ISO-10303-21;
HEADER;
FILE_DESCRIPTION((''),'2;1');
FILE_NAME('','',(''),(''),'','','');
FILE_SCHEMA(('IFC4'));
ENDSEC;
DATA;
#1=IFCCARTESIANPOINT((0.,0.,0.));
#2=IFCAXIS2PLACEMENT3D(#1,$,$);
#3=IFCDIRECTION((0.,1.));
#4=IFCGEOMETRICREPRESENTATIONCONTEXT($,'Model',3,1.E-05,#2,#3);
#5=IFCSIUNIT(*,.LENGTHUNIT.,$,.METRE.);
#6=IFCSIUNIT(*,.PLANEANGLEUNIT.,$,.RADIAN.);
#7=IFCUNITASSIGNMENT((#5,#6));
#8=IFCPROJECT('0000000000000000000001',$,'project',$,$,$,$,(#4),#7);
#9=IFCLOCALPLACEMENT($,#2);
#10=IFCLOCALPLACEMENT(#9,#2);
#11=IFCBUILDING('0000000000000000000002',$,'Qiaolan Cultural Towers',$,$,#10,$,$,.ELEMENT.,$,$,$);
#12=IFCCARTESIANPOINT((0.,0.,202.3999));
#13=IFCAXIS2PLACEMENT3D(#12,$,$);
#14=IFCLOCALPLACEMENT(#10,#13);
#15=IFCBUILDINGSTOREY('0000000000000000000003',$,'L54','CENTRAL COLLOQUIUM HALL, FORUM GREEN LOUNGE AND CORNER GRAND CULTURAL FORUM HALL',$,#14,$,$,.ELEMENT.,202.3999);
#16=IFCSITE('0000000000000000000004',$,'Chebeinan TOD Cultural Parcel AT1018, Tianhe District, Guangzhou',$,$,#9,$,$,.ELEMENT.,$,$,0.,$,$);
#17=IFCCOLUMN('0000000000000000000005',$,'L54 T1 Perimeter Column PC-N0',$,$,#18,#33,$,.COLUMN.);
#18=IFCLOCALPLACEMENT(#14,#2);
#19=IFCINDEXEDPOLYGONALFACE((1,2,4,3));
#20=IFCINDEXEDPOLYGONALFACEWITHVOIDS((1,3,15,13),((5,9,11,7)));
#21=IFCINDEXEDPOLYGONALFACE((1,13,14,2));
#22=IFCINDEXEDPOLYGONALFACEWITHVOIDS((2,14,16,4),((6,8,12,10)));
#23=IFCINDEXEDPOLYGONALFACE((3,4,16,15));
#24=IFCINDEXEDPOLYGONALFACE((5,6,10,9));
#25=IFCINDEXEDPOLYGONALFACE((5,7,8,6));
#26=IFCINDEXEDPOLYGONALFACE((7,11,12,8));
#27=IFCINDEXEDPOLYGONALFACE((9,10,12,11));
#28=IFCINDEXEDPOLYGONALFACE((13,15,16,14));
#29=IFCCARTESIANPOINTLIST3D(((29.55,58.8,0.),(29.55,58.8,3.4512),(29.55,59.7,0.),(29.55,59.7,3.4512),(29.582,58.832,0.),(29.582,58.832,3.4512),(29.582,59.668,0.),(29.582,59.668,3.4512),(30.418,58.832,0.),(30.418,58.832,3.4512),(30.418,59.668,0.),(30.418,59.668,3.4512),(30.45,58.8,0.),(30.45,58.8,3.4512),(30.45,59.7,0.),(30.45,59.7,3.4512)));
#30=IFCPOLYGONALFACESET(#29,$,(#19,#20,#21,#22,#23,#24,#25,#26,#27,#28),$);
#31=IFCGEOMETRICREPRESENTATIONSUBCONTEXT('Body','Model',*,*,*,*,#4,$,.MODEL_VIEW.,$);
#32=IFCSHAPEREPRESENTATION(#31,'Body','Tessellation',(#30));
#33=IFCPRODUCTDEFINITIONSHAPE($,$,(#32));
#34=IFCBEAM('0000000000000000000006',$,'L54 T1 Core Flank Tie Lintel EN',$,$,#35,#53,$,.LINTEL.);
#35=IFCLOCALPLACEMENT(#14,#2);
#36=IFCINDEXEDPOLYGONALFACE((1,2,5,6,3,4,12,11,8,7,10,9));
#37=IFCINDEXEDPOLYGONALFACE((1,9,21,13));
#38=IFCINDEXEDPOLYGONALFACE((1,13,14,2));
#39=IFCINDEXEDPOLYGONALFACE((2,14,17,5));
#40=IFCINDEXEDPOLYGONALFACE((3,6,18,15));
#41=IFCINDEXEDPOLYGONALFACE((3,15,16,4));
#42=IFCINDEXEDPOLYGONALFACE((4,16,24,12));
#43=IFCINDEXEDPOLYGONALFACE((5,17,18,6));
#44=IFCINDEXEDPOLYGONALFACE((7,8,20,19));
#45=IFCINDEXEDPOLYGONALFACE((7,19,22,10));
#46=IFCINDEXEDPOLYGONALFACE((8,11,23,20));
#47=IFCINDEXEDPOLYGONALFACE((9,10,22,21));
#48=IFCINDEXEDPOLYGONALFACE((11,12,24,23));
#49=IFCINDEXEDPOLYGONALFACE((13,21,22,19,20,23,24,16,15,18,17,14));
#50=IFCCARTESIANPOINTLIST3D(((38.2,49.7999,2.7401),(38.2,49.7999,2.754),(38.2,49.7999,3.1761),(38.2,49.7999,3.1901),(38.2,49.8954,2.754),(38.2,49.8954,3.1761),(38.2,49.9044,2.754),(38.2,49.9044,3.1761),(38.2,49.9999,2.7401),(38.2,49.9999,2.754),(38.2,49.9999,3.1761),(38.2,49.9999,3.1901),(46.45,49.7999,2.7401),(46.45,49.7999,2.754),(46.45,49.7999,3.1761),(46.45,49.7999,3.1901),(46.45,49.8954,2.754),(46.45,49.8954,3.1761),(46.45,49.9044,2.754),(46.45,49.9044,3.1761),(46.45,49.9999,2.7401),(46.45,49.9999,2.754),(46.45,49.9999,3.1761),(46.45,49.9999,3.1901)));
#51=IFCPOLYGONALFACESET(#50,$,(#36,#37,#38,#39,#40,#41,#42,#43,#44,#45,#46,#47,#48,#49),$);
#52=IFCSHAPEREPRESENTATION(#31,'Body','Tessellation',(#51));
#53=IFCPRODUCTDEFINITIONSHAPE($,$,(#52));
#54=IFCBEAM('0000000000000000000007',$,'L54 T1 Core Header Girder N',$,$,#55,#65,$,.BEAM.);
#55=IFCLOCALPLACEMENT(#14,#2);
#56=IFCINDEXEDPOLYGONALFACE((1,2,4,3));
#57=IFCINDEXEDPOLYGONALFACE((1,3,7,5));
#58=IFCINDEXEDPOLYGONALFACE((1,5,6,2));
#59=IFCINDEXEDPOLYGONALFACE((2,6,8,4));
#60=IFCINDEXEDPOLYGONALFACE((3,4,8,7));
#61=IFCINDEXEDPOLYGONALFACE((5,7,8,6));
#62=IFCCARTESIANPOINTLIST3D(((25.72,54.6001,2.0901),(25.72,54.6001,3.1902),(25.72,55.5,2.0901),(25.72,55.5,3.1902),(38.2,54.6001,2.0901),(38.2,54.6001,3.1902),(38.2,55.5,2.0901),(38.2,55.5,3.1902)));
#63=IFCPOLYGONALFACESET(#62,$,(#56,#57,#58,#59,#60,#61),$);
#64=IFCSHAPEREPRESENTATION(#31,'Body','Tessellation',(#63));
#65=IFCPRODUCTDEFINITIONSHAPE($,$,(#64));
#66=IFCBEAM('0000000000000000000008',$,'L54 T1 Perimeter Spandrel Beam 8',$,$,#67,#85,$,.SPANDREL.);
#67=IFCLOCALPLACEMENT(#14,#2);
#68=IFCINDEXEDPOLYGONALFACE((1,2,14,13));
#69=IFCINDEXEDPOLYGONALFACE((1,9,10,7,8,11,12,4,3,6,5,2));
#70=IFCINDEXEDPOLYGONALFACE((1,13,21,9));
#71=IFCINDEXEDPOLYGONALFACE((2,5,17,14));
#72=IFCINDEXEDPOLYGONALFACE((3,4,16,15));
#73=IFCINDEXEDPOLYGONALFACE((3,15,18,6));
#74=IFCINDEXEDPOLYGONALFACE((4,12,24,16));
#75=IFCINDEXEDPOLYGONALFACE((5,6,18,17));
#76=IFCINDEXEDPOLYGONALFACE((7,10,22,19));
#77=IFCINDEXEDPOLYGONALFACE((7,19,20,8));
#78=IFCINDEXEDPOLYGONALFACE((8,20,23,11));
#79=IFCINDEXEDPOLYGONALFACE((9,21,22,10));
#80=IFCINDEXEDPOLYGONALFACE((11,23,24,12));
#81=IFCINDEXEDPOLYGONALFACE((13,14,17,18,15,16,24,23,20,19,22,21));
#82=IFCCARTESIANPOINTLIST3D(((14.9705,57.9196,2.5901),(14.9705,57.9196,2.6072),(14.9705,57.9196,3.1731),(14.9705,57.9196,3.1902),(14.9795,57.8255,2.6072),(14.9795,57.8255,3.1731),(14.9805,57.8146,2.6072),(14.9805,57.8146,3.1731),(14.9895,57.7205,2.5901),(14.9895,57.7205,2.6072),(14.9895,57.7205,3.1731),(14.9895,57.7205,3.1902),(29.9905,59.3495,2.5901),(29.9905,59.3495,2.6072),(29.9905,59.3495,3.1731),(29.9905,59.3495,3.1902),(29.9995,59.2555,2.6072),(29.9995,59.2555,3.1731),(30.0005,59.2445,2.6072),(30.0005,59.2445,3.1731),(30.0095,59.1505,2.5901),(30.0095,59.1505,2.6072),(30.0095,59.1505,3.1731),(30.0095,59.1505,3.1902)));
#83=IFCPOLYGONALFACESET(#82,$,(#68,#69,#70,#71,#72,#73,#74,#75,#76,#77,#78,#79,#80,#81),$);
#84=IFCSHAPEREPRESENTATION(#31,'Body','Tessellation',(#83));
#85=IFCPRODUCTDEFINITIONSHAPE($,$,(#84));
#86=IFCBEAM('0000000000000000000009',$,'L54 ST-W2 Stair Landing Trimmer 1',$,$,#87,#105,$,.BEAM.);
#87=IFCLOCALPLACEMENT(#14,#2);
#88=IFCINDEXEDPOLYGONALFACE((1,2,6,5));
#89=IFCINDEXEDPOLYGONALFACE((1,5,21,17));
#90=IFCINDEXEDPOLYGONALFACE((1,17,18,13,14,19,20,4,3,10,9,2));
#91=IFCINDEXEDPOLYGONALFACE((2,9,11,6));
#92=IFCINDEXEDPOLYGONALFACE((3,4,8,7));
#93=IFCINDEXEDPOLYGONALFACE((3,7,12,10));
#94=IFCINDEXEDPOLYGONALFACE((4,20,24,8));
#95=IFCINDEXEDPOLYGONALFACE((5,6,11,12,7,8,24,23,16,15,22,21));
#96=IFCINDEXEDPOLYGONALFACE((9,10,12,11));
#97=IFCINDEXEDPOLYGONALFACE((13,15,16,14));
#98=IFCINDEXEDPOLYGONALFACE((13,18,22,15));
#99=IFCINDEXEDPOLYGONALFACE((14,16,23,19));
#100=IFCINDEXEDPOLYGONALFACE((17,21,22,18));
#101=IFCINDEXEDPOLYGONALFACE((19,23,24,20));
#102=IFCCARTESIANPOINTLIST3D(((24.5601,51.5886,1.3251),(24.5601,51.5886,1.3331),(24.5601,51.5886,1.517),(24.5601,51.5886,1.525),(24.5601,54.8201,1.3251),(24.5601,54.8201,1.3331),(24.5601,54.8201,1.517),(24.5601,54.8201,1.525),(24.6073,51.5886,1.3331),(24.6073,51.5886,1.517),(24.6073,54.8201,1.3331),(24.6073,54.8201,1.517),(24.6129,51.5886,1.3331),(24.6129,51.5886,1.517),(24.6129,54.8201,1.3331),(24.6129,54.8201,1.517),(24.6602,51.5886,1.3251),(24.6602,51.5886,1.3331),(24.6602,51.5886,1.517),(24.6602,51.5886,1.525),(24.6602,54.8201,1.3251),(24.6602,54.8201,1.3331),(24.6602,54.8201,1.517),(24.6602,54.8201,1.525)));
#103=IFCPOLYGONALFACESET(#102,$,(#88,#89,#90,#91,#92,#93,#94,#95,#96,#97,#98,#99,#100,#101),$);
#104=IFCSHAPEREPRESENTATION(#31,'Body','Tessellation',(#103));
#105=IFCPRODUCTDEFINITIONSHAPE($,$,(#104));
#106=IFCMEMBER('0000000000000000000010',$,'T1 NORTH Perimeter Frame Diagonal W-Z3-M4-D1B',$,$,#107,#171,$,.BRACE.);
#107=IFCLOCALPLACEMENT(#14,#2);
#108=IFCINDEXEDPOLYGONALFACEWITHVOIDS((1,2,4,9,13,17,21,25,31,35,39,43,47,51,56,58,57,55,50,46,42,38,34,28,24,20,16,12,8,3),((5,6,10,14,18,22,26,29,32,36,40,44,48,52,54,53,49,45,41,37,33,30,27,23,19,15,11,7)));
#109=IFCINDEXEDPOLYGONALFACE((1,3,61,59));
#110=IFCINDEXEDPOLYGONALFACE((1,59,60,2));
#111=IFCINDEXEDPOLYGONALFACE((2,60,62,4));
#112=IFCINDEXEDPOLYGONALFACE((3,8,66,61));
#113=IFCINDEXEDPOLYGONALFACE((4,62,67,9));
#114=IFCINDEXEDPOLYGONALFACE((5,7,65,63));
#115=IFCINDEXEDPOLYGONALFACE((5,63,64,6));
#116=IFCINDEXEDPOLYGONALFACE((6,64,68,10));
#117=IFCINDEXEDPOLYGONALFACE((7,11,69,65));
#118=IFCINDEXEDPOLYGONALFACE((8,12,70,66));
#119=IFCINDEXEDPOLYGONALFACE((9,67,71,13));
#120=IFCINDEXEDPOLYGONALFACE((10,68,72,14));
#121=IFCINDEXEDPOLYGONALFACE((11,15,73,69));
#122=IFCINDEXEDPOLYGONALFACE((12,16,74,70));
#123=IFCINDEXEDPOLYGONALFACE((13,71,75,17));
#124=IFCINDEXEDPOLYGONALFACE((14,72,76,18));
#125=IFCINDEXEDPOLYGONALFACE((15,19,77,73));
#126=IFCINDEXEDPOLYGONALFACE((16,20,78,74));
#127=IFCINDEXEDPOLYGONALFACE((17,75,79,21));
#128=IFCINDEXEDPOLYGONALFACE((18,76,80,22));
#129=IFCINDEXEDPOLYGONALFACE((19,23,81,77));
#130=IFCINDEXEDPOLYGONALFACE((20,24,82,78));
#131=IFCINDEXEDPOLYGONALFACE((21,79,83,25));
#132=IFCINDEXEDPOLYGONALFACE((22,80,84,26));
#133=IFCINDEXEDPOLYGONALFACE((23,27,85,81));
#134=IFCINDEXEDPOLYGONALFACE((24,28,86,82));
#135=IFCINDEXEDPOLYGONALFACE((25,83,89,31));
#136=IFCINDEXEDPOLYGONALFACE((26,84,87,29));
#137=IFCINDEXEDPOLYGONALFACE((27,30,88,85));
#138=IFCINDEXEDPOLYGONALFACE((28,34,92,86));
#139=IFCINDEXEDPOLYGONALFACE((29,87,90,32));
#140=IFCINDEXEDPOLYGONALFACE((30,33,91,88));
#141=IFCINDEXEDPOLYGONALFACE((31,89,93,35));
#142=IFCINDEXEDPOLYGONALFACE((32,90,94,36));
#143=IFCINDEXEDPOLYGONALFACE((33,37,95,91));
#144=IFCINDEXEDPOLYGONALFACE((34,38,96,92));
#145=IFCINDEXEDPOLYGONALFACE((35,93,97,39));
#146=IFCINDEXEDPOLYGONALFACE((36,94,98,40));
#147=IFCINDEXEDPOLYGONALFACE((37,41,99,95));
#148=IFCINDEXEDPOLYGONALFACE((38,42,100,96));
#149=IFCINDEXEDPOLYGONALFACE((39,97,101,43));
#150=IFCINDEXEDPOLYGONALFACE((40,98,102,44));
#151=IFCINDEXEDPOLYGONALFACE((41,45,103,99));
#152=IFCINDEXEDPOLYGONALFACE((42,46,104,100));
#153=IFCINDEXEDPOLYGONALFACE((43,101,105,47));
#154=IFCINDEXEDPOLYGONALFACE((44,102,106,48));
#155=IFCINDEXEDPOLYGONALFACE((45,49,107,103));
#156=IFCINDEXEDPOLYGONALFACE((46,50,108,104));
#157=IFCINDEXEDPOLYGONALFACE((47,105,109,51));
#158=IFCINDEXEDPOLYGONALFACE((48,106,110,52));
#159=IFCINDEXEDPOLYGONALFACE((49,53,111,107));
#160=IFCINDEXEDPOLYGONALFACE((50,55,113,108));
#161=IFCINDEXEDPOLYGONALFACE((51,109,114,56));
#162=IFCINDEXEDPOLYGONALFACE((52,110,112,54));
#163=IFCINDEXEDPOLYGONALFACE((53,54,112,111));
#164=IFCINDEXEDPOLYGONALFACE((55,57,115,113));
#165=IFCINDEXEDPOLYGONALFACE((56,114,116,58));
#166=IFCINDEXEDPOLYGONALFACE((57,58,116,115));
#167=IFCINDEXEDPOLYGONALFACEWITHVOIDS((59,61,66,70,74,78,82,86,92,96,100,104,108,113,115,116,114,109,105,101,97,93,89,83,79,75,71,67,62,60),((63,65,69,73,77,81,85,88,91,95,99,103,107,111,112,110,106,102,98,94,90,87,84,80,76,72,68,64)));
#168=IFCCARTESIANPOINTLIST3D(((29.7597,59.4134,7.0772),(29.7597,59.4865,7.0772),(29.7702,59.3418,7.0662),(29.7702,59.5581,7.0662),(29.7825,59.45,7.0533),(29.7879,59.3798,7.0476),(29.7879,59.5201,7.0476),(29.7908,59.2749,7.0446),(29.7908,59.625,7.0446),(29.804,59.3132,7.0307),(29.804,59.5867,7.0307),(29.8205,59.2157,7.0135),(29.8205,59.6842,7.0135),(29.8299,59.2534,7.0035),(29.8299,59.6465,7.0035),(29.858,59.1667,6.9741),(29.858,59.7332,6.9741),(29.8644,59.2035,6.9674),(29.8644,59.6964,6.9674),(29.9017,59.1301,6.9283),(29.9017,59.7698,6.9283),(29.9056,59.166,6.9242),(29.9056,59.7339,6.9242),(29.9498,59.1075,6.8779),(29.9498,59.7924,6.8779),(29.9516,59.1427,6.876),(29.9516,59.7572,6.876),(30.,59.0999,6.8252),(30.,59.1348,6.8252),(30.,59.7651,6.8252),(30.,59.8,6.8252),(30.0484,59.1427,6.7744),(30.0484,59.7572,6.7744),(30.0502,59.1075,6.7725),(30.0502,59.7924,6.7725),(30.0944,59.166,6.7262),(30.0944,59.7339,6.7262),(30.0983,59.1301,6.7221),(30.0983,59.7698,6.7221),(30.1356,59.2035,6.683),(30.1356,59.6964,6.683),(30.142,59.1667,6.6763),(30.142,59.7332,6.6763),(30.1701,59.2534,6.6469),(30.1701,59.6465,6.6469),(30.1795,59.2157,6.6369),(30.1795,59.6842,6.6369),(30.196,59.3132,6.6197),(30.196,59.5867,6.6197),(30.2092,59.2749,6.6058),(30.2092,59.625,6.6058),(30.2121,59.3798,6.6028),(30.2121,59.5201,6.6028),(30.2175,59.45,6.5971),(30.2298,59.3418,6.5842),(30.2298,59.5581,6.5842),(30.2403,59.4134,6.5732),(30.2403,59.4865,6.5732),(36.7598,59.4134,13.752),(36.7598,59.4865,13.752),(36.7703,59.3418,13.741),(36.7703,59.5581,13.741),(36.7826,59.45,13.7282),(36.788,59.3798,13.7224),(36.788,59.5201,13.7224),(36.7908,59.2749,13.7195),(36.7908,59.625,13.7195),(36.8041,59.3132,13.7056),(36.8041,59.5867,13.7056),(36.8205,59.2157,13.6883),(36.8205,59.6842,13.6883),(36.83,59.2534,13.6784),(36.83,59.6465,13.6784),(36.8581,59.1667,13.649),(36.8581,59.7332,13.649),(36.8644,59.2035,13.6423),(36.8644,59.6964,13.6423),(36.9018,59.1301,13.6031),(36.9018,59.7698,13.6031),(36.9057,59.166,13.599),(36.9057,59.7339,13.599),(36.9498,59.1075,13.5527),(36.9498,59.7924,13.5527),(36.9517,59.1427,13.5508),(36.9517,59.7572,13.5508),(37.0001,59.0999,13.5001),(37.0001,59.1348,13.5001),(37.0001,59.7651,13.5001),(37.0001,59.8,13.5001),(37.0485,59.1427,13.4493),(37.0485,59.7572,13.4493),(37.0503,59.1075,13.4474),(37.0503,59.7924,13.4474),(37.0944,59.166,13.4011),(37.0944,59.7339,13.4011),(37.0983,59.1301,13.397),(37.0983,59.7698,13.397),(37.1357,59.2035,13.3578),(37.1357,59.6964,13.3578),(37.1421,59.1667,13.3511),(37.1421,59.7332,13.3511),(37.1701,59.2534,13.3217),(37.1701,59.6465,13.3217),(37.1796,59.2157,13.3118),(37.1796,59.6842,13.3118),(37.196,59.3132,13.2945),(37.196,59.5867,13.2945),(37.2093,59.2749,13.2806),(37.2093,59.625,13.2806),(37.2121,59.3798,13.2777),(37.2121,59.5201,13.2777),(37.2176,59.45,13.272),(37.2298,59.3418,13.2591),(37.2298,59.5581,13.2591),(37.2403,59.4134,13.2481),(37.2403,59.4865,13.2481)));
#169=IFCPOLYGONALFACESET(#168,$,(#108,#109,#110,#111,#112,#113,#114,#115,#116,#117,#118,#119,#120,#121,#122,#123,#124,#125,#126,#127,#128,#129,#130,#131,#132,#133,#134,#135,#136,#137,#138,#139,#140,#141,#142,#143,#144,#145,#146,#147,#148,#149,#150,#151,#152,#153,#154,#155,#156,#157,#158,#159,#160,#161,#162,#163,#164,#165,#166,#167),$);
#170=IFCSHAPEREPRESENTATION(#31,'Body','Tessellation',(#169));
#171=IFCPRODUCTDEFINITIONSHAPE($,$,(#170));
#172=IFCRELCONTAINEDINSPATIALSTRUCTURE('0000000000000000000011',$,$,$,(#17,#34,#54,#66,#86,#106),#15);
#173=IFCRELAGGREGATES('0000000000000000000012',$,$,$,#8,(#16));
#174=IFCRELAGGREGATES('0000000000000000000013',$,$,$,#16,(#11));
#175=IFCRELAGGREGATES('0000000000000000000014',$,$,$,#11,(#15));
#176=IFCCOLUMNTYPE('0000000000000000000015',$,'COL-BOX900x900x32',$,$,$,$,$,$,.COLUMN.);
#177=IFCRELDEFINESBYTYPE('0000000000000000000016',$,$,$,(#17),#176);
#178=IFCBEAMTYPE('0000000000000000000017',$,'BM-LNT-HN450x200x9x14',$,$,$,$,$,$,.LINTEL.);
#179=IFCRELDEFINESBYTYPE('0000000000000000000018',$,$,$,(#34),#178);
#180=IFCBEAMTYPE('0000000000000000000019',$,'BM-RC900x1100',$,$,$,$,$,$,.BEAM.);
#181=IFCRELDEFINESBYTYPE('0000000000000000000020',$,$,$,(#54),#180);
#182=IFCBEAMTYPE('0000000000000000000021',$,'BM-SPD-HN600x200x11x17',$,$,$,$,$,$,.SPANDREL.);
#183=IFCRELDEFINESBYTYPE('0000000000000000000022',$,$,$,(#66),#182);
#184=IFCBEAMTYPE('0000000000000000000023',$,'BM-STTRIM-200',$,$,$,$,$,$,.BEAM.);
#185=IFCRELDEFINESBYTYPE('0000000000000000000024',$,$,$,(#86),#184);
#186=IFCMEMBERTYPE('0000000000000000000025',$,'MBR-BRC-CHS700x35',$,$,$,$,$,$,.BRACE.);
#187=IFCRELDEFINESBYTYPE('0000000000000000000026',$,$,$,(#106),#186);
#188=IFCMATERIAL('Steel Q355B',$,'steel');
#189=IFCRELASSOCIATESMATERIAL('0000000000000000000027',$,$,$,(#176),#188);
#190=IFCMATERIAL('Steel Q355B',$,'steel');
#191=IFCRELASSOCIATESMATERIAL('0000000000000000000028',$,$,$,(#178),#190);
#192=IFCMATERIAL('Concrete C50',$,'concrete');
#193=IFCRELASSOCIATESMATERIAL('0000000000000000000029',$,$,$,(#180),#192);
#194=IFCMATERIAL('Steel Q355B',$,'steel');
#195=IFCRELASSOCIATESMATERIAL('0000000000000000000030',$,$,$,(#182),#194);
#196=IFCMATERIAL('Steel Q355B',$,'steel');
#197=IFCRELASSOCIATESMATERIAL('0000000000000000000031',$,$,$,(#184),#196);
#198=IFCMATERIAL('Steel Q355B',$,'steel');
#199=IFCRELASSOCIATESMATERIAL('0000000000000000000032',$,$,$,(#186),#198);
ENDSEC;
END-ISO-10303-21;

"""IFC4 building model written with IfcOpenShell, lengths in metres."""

from ifc_helpers import new_model, si_unit, direction, frame, origin, origin_2d, place, context, subcontext, project, spatial, rectangle, hollow_rectangle, hollow_circle, i_section, extrude, material, material_profile, profile_set, type_object, element, save


model = new_model("IFC4")

# Units and contexts
model_context = context("Model", 3, precision=1e-05, world=origin(), true_north=direction((0.0, 1.0)))
body_context = subcontext(model_context, "Body", "Model", "MODEL_VIEW")
ifc_project = project(units=[si_unit("LENGTHUNIT", "METRE"), si_unit("PLANEANGLEUNIT", "RADIAN")], contexts=[model_context])

# Site, building, storey
site_placement = place(None, origin())
site = spatial("IfcSite", under=ifc_project, at=site_placement, Name="Chebeinan TOD Cultural Parcel AT1018, Tianhe District, Guangzhou", CompositionType="ELEMENT", RefElevation=0.0)
building_placement = place(site_placement, origin())
building = spatial("IfcBuilding", under=site, at=building_placement, Name="Qiaolan Cultural Towers", CompositionType="ELEMENT")
storey_placement = place(building_placement, frame((0.0, 0.0, 202.3999)))
storey = spatial("IfcBuildingStorey", under=building, at=storey_placement, Name="L54", Description="CENTRAL COLLOQUIUM HALL, FORUM GREEN LOUNGE AND CORNER GRAND CULTURAL FORUM HALL", CompositionType="ELEMENT", Elevation=202.3999)

# Column
ifc_material_1 = material(Name="Steel Q355B", Category="steel")
ifc_material_profile_1 = material_profile(ifc_material_1, hollow_rectangle(XDim=0.8999, YDim=0.8999, WallThickness=0.032, at=origin_2d()), Name="BOX900x900x32")
ifc_profile_set_1 = profile_set([ifc_material_profile_1], Name="Steel Q355B")
column_type = type_object("IfcColumnType", Name="COL-BOX900x900x32", PredefinedType="COLUMN", material=ifc_profile_set_1)
column_placement = place(storey_placement, frame((30.0, 59.25, 0.0), z_axis=(0.0, 0.0, 1.0), x_axis=(1.0, 0.0, 0.0)))
element("IfcColumn", 1, at=column_placement, inside=storey, type_object=column_type, Name="L54 T1 Perimeter Column PC-N0", PredefinedType="COLUMN", context=body_context, shape_type="SweptSolid", body=[
    extrude(hollow_rectangle(XDim=0.8999, YDim=0.8999, WallThickness=0.032, at=origin_2d()), origin(), (0.0, 0.0, 1.0), 3.4512),
])

# Beams
ifc_material_2 = material(Name="Steel Q355B", Category="steel")
ifc_material_profile_2 = material_profile(ifc_material_2, i_section(OverallWidth=0.2, OverallDepth=0.45, WebThickness=0.009, FlangeThickness=0.0139, at=origin_2d()), Name="HN450x200x9x14")
ifc_profile_set_2 = profile_set([ifc_material_profile_2], Name="Steel Q355B")
beam_type_1 = type_object("IfcBeamType", Name="BM-LNT-HN450x200x9x14", PredefinedType="LINTEL", material=ifc_profile_set_2)
beam_1_placement = place(storey_placement, frame((38.2, 49.8999, 2.9651), z_axis=(1.0, 0.0, 0.0), x_axis=(0.0, 1.0, 0.0)))
element("IfcBeam", 2, at=beam_1_placement, inside=storey, type_object=beam_type_1, Name="L54 T1 Core Flank Tie Lintel EN", PredefinedType="LINTEL", context=body_context, shape_type="SweptSolid", body=[
    extrude(i_section(OverallWidth=0.2, OverallDepth=0.45, WebThickness=0.009, FlangeThickness=0.0139, at=origin_2d()), origin(), (0.0, 0.0, 1.0), 8.25),
])
ifc_material_3 = material(Name="Concrete C50", Category="concrete")
ifc_material_profile_3 = material_profile(ifc_material_3, rectangle(XDim=0.8999, YDim=1.1001, at=origin_2d()), Name="RC900x1100")
ifc_profile_set_3 = profile_set([ifc_material_profile_3], Name="Concrete C50")
beam_type_2 = type_object("IfcBeamType", Name="BM-RC900x1100", PredefinedType="BEAM", material=ifc_profile_set_3)
beam_2_placement = place(storey_placement, frame((25.72, 55.05, 2.6401), z_axis=(1.0, 0.0, 0.0), x_axis=(0.0, 1.0, 0.0)))
element("IfcBeam", 3, at=beam_2_placement, inside=storey, type_object=beam_type_2, Name="L54 T1 Core Header Girder N", PredefinedType="BEAM", context=body_context, shape_type="SweptSolid", body=[
    extrude(rectangle(XDim=0.8999, YDim=1.1001, at=origin_2d()), origin(), (0.0, 0.0, 1.0), 12.48),
])
ifc_material_4 = material(Name="Steel Q355B", Category="steel")
ifc_material_profile_4 = material_profile(ifc_material_4, i_section(OverallWidth=0.2, OverallDepth=0.6001, WebThickness=0.011, FlangeThickness=0.0171, at=origin_2d()), Name="HN600x200x11x17")
ifc_profile_set_4 = profile_set([ifc_material_profile_4], Name="Steel Q355B")
beam_type_3 = type_object("IfcBeamType", Name="BM-SPD-HN600x200x11x17", PredefinedType="SPANDREL", material=ifc_profile_set_4)
beam_3_placement = place(storey_placement, frame((30.0, 59.25, 2.8901), z_axis=(-0.995499, -0.094773, 0.0), x_axis=(0.094773, -0.995499, 0.0)))
element("IfcBeam", 4, at=beam_3_placement, inside=storey, type_object=beam_type_3, Name="L54 T1 Perimeter Spandrel Beam 8", PredefinedType="SPANDREL", context=body_context, shape_type="SweptSolid", body=[
    extrude(i_section(OverallWidth=0.2, OverallDepth=0.6001, WebThickness=0.011, FlangeThickness=0.0171, at=origin_2d()), origin(), (0.0, 0.0, 1.0), 15.0879),
])
ifc_material_5 = material(Name="Steel Q355B", Category="steel")
ifc_material_profile_5 = material_profile(ifc_material_5, i_section(OverallWidth=0.1001, OverallDepth=0.2, WebThickness=0.0056, FlangeThickness=0.0081, at=origin_2d()), Name="HN200x100x5.5x8")
ifc_profile_set_5 = profile_set([ifc_material_profile_5], Name="Steel Q355B")
beam_type_4 = type_object("IfcBeamType", Name="BM-STTRIM-200", PredefinedType="BEAM", material=ifc_profile_set_5)
beam_4_placement = place(storey_placement, frame((24.6101, 51.5886, 1.425), z_axis=(0.0, 1.0, 0.0), x_axis=(-1.0, 0.0, 0.0)))
element("IfcBeam", 5, at=beam_4_placement, inside=storey, type_object=beam_type_4, Name="L54 ST-W2 Stair Landing Trimmer 1", PredefinedType="BEAM", context=body_context, shape_type="SweptSolid", body=[
    extrude(i_section(OverallWidth=0.1001, OverallDepth=0.2, WebThickness=0.0056, FlangeThickness=0.0081, at=origin_2d()), origin(), (0.0, 0.0, 1.0), 3.2314),
])

# Member
ifc_material_6 = material(Name="Steel Q355B", Category="steel")
ifc_material_profile_6 = material_profile(ifc_material_6, hollow_circle(Radius=0.3501, WallThickness=0.0349, at=origin_2d()), Name="CHS700x35")
ifc_profile_set_6 = profile_set([ifc_material_profile_6], Name="Steel Q355B")
member_type = type_object("IfcMemberType", Name="MBR-BRC-CHS700x35", PredefinedType="BRACE", material=ifc_profile_set_6)
for number, where, z_axis, x_axis, name in (
    (6, (30.0, 59.45, 6.8252), (0.723718, 0.0, 0.690096), (0.0, 1.0, 0.0), "T1 NORTH Perimeter Frame Diagonal W-Z3-M4-D1B"),
):
    element("IfcMember", number, at=place(storey_placement, frame(where, z_axis=z_axis, x_axis=x_axis)), inside=storey, type_object=member_type, Name=name, PredefinedType="BRACE", context=body_context, shape_type="SweptSolid", body=[
        extrude(hollow_circle(Radius=0.3501, WallThickness=0.0349, at=origin_2d()), origin(), (0.0, 0.0, 1.0), 9.6724),
    ])

save(model, "model.ifc")
